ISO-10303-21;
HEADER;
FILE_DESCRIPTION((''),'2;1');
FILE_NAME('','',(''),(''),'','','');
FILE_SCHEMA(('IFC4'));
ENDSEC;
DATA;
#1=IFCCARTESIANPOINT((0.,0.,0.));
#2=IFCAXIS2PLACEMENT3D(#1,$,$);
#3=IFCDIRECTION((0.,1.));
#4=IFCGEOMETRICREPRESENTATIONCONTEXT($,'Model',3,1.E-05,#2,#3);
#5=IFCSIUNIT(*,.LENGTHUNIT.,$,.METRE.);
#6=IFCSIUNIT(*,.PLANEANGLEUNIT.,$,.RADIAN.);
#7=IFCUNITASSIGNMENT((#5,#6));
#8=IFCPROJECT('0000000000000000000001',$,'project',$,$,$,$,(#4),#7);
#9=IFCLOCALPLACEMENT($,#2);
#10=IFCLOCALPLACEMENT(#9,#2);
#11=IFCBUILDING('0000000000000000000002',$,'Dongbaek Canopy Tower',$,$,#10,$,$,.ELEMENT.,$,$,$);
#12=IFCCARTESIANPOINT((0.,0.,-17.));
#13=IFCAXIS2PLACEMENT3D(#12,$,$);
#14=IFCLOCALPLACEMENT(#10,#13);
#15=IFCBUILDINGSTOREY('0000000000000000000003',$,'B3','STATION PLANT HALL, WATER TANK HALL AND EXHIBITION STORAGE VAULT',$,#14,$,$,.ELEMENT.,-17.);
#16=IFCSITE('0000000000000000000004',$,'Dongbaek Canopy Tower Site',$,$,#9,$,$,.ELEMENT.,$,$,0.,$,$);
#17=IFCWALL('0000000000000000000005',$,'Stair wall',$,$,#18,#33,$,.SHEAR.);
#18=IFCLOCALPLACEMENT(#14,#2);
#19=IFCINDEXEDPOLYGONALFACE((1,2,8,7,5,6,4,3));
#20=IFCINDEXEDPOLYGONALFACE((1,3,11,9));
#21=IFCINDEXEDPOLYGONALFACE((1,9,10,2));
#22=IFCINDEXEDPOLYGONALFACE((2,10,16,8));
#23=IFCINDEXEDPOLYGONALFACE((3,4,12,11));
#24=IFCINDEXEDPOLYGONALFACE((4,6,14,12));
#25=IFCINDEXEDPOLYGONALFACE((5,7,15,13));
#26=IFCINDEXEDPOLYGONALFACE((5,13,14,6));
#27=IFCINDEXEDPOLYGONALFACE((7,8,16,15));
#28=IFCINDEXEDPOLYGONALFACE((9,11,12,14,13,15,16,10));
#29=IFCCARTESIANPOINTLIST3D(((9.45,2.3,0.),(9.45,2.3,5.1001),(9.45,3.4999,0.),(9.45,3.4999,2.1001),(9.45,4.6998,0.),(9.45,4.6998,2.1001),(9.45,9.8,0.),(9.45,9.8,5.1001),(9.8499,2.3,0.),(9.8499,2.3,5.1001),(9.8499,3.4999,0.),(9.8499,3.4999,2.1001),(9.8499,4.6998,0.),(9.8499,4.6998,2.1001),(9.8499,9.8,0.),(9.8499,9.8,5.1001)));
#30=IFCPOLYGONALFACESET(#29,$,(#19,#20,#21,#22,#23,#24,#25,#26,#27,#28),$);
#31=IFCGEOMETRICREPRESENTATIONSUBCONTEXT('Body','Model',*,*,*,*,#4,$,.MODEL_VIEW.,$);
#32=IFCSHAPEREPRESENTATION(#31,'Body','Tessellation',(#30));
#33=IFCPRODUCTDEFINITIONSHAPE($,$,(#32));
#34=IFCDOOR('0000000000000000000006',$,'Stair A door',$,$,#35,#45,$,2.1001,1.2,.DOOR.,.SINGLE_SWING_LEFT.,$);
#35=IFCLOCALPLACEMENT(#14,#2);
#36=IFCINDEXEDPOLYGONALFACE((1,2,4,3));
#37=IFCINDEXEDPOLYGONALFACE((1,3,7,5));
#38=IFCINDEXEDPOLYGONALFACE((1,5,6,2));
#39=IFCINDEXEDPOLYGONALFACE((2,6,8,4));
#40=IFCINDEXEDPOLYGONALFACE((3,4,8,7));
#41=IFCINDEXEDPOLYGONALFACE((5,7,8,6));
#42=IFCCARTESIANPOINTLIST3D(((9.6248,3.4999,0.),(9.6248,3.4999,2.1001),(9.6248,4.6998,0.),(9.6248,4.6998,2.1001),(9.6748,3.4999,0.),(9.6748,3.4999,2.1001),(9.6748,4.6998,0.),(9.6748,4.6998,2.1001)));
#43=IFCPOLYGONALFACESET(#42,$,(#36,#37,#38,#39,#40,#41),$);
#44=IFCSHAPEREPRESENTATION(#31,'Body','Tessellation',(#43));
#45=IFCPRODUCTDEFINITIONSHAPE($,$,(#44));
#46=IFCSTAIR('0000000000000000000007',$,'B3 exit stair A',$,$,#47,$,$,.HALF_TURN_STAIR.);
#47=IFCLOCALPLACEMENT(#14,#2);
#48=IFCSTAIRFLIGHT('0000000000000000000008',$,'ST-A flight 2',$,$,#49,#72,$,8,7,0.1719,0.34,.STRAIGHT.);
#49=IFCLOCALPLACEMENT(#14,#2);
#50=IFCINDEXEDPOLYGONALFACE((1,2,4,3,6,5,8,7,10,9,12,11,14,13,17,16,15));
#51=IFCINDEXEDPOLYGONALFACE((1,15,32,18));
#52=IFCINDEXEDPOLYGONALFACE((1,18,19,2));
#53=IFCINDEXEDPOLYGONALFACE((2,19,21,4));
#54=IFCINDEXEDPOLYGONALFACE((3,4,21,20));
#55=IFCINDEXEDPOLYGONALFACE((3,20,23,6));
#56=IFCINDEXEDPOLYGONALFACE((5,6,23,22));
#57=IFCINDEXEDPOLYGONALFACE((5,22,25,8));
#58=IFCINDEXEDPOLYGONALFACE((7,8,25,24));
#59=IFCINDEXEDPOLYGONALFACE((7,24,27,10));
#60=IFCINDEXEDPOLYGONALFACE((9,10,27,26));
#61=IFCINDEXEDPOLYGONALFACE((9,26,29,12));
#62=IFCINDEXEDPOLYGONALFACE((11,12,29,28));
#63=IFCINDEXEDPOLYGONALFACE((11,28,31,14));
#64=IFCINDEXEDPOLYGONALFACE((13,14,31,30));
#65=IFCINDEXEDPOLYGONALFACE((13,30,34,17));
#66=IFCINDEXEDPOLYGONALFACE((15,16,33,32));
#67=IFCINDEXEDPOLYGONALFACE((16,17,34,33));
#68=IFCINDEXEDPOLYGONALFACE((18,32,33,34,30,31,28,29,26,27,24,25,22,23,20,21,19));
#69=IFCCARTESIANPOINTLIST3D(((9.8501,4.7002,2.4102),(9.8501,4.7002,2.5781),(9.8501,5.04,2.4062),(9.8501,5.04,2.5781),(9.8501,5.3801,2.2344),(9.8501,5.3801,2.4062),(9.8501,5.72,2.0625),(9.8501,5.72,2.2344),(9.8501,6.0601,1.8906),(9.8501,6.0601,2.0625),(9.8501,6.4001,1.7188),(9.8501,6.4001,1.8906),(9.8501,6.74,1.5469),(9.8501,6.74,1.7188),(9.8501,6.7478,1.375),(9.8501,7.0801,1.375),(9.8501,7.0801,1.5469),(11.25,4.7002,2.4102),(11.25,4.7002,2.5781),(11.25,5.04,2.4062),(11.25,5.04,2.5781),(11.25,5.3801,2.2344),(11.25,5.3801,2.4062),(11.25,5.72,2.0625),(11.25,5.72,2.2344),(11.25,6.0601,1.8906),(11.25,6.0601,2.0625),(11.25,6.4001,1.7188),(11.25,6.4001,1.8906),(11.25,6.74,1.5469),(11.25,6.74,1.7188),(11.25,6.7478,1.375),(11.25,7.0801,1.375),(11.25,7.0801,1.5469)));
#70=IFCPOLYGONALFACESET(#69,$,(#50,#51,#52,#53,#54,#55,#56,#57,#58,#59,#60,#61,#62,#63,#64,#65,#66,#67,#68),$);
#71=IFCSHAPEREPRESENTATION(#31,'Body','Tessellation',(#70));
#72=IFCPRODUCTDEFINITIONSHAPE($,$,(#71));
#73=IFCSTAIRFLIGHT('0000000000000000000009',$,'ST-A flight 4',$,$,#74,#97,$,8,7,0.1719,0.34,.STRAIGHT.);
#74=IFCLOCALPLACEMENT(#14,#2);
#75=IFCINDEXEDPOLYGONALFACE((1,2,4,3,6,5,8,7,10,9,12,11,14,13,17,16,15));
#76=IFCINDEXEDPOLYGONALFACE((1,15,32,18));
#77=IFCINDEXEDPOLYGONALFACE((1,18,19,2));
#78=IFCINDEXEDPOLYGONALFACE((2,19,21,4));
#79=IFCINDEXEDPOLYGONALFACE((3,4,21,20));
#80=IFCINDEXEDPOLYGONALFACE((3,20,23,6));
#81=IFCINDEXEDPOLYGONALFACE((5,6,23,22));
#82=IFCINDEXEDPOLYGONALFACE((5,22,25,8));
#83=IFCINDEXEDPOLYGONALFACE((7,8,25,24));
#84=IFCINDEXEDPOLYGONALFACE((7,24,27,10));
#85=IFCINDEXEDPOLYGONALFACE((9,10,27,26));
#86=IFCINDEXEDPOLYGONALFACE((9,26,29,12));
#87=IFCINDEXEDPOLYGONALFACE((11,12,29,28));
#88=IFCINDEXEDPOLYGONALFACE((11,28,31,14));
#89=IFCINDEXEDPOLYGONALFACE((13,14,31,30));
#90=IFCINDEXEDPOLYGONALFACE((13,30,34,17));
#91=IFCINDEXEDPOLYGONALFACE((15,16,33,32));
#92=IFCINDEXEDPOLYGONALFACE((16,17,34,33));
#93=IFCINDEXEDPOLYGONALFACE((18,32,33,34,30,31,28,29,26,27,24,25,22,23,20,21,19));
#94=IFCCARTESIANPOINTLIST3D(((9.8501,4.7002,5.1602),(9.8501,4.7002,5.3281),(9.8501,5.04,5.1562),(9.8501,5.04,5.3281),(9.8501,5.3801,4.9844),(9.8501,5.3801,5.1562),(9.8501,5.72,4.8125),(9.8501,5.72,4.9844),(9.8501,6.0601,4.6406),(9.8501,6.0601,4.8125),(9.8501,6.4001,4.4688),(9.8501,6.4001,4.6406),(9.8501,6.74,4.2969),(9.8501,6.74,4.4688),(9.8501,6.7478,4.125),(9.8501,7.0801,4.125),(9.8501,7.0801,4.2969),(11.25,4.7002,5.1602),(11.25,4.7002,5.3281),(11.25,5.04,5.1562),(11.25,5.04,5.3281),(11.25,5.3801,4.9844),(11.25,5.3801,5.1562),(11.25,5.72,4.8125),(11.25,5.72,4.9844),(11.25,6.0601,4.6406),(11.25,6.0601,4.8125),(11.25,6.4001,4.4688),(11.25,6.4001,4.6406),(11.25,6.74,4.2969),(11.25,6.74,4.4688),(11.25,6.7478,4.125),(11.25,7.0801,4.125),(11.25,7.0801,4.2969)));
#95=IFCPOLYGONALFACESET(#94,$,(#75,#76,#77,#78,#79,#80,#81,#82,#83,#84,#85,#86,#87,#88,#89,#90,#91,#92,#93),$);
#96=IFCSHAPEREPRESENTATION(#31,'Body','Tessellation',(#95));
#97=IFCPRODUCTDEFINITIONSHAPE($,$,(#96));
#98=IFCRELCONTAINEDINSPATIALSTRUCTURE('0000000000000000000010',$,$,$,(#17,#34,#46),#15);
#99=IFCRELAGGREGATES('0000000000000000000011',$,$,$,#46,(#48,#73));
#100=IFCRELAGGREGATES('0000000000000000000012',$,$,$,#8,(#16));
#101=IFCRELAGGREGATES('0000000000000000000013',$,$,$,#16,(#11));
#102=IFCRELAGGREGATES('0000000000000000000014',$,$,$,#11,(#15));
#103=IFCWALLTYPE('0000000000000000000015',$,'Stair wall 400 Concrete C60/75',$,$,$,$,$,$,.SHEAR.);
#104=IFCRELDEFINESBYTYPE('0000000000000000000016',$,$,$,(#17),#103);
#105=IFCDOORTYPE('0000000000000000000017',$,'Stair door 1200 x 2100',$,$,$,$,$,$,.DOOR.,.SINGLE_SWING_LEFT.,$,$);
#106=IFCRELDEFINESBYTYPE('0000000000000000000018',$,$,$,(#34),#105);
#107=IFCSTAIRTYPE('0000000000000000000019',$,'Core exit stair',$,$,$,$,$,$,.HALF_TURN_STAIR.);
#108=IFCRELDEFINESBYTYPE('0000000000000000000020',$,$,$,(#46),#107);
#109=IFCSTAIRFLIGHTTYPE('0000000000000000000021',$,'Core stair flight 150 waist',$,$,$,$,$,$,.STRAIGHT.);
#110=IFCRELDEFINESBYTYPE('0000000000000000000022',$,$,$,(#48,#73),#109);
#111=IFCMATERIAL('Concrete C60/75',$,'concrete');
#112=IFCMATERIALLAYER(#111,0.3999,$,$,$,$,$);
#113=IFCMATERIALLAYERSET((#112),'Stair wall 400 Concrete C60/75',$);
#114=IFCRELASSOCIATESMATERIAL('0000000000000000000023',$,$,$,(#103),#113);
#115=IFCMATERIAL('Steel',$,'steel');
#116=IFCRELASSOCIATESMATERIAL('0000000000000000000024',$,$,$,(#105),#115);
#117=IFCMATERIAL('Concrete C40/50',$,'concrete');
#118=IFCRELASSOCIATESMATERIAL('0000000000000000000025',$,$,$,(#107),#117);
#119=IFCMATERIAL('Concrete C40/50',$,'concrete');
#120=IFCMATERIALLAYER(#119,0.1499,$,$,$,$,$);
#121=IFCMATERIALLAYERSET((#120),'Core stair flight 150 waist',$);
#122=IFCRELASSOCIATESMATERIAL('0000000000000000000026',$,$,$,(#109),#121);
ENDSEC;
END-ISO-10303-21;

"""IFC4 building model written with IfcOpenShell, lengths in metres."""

from ifc_helpers import new_model, si_unit, direction, frame, frame_2d, origin, place, context, subcontext, project, spatial, polyline, rectangle, outline, extrude, material, layer, layer_set, type_object, element, fill, aggregate, save


model = new_model("IFC4")

# Units and contexts
model_context = context("Model", 3, precision=1e-05, world=origin(), true_north=direction((0.0, 1.0)))
body_context = subcontext(model_context, "Body", "Model", "MODEL_VIEW")
ifc_project = project(units=[si_unit("LENGTHUNIT", "METRE"), si_unit("PLANEANGLEUNIT", "RADIAN")], contexts=[model_context])

# Site, building, storey
site_placement = place(None, origin())
site = spatial("IfcSite", under=ifc_project, at=site_placement, Name="Dongbaek Canopy Tower Site", CompositionType="ELEMENT", RefElevation=0.0)
building_placement = place(site_placement, origin())
building = spatial("IfcBuilding", under=site, at=building_placement, Name="Dongbaek Canopy Tower", CompositionType="ELEMENT")
storey_placement = place(building_placement, frame((0.0, 0.0, -17.0)))
storey = spatial("IfcBuildingStorey", under=building, at=storey_placement, Name="B3", Description="STATION PLANT HALL, WATER TANK HALL AND EXHIBITION STORAGE VAULT", CompositionType="ELEMENT", Elevation=-17.0)

# Wall, opening, door
ifc_material_1 = material(Name="Concrete C60/75", Category="concrete")
ifc_layer_1 = layer(ifc_material_1, 0.3999)
ifc_layer_set_1 = layer_set([ifc_layer_1], Name="Stair wall 400 Concrete C60/75")
wall_type_1 = type_object("IfcWallType", Name="Stair wall 400 Concrete C60/75", PredefinedType="SHEAR", material=ifc_layer_set_1)
wall_1_placement = place(storey_placement, frame((9.6499, 9.8, 0.0), z_axis=(0.0, 0.0, 1.0), x_axis=(0.0, -1.0, 0.0)))
wall_1 = element("IfcWall", 1, at=wall_1_placement, inside=storey, type_object=wall_type_1, Name="Stair wall", PredefinedType="SHEAR", context=body_context, shape_type="SweptSolid", body=[
    extrude(rectangle(XDim=7.5, YDim=0.3999, at=frame_2d((3.75, 0.0))), origin(), (0.0, 0.0, 1.0), 5.1001),
])
opening_1_placement = place(wall_1_placement, frame((5.1001, 0.0, 0.0)))
opening_1 = element("IfcOpeningElement", 2, at=opening_1_placement, cuts=wall_1, PredefinedType="OPENING", context=body_context, shape_type="SweptSolid", body=[
    extrude(rectangle(XDim=1.2, YDim=2.1001, at=frame_2d((0.6001, 1.05))), frame((0.0, 0.21, 0.0), z_axis=(0.0, -1.0, 0.0), x_axis=(1.0, 0.0, 0.0)), (0.0, 0.0, 1.0), 0.4199),
])
ifc_material_2 = material(Name="Steel", Category="steel")
door_type_1 = type_object("IfcDoorType", Name="Stair door 1200 x 2100", OperationType="SINGLE_SWING_LEFT", PredefinedType="DOOR", material=ifc_material_2)
door_1_placement = place(opening_1_placement, origin())
door_1 = element("IfcDoor", 3, at=door_1_placement, inside=storey, type_object=door_type_1, Name="Stair A door", OperationType="SINGLE_SWING_LEFT", OverallHeight=2.1001, OverallWidth=1.2, PredefinedType="DOOR", context=body_context, shape_type="SweptSolid", body=[
    extrude(rectangle(XDim=1.2, YDim=2.1001, at=frame_2d((0.6001, 1.05))), frame((0.0, 0.0249, 0.0), z_axis=(0.0, -1.0, 0.0), x_axis=(1.0, 0.0, 0.0)), (0.0, 0.0, 1.0), 0.05),
])
fill(opening_1, door_1)

# Stair, stair flights
ifc_material_3 = material(Name="Concrete C40/50", Category="concrete")
stair_type = type_object("IfcStairType", Name="Core exit stair", PredefinedType="HALF_TURN_STAIR", material=ifc_material_3)
stair_placement = place(storey_placement, origin())
stair = element("IfcStair", 4, at=stair_placement, inside=storey, type_object=stair_type, Name="B3 exit stair A", PredefinedType="HALF_TURN_STAIR")
ifc_material_4 = material(Name="Concrete C40/50", Category="concrete")
ifc_layer_2 = layer(ifc_material_4, 0.1499)
ifc_layer_set_2 = layer_set([ifc_layer_2], Name="Core stair flight 150 waist")
stair_flight_type = type_object("IfcStairFlightType", Name="Core stair flight 150 waist", PredefinedType="STRAIGHT", material=ifc_layer_set_2)
stair_flight_1_placement = place(storey_placement, frame((10.55, 7.0801, 1.375), z_axis=(0.0, 0.0, 1.0), x_axis=(0.0, -1.0, 0.0)))
stair_flight_1 = element("IfcStairFlight", 5, at=stair_flight_1_placement, type_object=stair_flight_type, Name="ST-A flight 2", NumberOfRisers=8, NumberOfTreads=7, PredefinedType="STRAIGHT", RiserHeight=0.1719, TreadLength=0.34, context=body_context, shape_type="SweptSolid", body=[
    extrude(outline(polyline([(0.0, 0.0), (0.0, 0.1719), (0.3401, 0.1719), (0.3401, 0.3438), (0.6799, 0.3438), (0.6799, 0.5156), (1.02, 0.5156), (1.02, 0.6875), (1.3601, 0.6875), (1.3601, 0.8594), (1.7, 0.8594), (1.7, 1.0312), (2.04, 1.0312), (2.04, 1.2031), (2.3799, 1.2031), (2.3799, 1.375), (2.3799, 1.0352), (0.3323, 0.0), (0.0, 0.0)])), frame((0.0, 0.7, 0.0), z_axis=(0.0, -1.0, 0.0), x_axis=(1.0, 0.0, 0.0)), (0.0, 0.0, 1.0), 1.3999),
])
stair_flight_2_placement = place(storey_placement, frame((10.55, 7.0801, 4.125), z_axis=(0.0, 0.0, 1.0), x_axis=(0.0, -1.0, 0.0)))
stair_flight_2 = element("IfcStairFlight", 6, at=stair_flight_2_placement, type_object=stair_flight_type, Name="ST-A flight 4", NumberOfRisers=8, NumberOfTreads=7, PredefinedType="STRAIGHT", RiserHeight=0.1719, TreadLength=0.34, context=body_context, shape_type="SweptSolid", body=[
    extrude(outline(polyline([(0.0, 0.0), (0.0, 0.1719), (0.3401, 0.1719), (0.3401, 0.3438), (0.6799, 0.3438), (0.6799, 0.5156), (1.02, 0.5156), (1.02, 0.6875), (1.3601, 0.6875), (1.3601, 0.8594), (1.7, 0.8594), (1.7, 1.0312), (2.04, 1.0312), (2.04, 1.2031), (2.3799, 1.2031), (2.3799, 1.375), (2.3799, 1.0352), (0.3323, 0.0), (0.0, 0.0)])), frame((0.0, 0.7, 0.0), z_axis=(0.0, -1.0, 0.0), x_axis=(1.0, 0.0, 0.0)), (0.0, 0.0, 1.0), 1.3999),
])
aggregate(stair, [stair_flight_1, stair_flight_2])

save(model, "model.ifc")
